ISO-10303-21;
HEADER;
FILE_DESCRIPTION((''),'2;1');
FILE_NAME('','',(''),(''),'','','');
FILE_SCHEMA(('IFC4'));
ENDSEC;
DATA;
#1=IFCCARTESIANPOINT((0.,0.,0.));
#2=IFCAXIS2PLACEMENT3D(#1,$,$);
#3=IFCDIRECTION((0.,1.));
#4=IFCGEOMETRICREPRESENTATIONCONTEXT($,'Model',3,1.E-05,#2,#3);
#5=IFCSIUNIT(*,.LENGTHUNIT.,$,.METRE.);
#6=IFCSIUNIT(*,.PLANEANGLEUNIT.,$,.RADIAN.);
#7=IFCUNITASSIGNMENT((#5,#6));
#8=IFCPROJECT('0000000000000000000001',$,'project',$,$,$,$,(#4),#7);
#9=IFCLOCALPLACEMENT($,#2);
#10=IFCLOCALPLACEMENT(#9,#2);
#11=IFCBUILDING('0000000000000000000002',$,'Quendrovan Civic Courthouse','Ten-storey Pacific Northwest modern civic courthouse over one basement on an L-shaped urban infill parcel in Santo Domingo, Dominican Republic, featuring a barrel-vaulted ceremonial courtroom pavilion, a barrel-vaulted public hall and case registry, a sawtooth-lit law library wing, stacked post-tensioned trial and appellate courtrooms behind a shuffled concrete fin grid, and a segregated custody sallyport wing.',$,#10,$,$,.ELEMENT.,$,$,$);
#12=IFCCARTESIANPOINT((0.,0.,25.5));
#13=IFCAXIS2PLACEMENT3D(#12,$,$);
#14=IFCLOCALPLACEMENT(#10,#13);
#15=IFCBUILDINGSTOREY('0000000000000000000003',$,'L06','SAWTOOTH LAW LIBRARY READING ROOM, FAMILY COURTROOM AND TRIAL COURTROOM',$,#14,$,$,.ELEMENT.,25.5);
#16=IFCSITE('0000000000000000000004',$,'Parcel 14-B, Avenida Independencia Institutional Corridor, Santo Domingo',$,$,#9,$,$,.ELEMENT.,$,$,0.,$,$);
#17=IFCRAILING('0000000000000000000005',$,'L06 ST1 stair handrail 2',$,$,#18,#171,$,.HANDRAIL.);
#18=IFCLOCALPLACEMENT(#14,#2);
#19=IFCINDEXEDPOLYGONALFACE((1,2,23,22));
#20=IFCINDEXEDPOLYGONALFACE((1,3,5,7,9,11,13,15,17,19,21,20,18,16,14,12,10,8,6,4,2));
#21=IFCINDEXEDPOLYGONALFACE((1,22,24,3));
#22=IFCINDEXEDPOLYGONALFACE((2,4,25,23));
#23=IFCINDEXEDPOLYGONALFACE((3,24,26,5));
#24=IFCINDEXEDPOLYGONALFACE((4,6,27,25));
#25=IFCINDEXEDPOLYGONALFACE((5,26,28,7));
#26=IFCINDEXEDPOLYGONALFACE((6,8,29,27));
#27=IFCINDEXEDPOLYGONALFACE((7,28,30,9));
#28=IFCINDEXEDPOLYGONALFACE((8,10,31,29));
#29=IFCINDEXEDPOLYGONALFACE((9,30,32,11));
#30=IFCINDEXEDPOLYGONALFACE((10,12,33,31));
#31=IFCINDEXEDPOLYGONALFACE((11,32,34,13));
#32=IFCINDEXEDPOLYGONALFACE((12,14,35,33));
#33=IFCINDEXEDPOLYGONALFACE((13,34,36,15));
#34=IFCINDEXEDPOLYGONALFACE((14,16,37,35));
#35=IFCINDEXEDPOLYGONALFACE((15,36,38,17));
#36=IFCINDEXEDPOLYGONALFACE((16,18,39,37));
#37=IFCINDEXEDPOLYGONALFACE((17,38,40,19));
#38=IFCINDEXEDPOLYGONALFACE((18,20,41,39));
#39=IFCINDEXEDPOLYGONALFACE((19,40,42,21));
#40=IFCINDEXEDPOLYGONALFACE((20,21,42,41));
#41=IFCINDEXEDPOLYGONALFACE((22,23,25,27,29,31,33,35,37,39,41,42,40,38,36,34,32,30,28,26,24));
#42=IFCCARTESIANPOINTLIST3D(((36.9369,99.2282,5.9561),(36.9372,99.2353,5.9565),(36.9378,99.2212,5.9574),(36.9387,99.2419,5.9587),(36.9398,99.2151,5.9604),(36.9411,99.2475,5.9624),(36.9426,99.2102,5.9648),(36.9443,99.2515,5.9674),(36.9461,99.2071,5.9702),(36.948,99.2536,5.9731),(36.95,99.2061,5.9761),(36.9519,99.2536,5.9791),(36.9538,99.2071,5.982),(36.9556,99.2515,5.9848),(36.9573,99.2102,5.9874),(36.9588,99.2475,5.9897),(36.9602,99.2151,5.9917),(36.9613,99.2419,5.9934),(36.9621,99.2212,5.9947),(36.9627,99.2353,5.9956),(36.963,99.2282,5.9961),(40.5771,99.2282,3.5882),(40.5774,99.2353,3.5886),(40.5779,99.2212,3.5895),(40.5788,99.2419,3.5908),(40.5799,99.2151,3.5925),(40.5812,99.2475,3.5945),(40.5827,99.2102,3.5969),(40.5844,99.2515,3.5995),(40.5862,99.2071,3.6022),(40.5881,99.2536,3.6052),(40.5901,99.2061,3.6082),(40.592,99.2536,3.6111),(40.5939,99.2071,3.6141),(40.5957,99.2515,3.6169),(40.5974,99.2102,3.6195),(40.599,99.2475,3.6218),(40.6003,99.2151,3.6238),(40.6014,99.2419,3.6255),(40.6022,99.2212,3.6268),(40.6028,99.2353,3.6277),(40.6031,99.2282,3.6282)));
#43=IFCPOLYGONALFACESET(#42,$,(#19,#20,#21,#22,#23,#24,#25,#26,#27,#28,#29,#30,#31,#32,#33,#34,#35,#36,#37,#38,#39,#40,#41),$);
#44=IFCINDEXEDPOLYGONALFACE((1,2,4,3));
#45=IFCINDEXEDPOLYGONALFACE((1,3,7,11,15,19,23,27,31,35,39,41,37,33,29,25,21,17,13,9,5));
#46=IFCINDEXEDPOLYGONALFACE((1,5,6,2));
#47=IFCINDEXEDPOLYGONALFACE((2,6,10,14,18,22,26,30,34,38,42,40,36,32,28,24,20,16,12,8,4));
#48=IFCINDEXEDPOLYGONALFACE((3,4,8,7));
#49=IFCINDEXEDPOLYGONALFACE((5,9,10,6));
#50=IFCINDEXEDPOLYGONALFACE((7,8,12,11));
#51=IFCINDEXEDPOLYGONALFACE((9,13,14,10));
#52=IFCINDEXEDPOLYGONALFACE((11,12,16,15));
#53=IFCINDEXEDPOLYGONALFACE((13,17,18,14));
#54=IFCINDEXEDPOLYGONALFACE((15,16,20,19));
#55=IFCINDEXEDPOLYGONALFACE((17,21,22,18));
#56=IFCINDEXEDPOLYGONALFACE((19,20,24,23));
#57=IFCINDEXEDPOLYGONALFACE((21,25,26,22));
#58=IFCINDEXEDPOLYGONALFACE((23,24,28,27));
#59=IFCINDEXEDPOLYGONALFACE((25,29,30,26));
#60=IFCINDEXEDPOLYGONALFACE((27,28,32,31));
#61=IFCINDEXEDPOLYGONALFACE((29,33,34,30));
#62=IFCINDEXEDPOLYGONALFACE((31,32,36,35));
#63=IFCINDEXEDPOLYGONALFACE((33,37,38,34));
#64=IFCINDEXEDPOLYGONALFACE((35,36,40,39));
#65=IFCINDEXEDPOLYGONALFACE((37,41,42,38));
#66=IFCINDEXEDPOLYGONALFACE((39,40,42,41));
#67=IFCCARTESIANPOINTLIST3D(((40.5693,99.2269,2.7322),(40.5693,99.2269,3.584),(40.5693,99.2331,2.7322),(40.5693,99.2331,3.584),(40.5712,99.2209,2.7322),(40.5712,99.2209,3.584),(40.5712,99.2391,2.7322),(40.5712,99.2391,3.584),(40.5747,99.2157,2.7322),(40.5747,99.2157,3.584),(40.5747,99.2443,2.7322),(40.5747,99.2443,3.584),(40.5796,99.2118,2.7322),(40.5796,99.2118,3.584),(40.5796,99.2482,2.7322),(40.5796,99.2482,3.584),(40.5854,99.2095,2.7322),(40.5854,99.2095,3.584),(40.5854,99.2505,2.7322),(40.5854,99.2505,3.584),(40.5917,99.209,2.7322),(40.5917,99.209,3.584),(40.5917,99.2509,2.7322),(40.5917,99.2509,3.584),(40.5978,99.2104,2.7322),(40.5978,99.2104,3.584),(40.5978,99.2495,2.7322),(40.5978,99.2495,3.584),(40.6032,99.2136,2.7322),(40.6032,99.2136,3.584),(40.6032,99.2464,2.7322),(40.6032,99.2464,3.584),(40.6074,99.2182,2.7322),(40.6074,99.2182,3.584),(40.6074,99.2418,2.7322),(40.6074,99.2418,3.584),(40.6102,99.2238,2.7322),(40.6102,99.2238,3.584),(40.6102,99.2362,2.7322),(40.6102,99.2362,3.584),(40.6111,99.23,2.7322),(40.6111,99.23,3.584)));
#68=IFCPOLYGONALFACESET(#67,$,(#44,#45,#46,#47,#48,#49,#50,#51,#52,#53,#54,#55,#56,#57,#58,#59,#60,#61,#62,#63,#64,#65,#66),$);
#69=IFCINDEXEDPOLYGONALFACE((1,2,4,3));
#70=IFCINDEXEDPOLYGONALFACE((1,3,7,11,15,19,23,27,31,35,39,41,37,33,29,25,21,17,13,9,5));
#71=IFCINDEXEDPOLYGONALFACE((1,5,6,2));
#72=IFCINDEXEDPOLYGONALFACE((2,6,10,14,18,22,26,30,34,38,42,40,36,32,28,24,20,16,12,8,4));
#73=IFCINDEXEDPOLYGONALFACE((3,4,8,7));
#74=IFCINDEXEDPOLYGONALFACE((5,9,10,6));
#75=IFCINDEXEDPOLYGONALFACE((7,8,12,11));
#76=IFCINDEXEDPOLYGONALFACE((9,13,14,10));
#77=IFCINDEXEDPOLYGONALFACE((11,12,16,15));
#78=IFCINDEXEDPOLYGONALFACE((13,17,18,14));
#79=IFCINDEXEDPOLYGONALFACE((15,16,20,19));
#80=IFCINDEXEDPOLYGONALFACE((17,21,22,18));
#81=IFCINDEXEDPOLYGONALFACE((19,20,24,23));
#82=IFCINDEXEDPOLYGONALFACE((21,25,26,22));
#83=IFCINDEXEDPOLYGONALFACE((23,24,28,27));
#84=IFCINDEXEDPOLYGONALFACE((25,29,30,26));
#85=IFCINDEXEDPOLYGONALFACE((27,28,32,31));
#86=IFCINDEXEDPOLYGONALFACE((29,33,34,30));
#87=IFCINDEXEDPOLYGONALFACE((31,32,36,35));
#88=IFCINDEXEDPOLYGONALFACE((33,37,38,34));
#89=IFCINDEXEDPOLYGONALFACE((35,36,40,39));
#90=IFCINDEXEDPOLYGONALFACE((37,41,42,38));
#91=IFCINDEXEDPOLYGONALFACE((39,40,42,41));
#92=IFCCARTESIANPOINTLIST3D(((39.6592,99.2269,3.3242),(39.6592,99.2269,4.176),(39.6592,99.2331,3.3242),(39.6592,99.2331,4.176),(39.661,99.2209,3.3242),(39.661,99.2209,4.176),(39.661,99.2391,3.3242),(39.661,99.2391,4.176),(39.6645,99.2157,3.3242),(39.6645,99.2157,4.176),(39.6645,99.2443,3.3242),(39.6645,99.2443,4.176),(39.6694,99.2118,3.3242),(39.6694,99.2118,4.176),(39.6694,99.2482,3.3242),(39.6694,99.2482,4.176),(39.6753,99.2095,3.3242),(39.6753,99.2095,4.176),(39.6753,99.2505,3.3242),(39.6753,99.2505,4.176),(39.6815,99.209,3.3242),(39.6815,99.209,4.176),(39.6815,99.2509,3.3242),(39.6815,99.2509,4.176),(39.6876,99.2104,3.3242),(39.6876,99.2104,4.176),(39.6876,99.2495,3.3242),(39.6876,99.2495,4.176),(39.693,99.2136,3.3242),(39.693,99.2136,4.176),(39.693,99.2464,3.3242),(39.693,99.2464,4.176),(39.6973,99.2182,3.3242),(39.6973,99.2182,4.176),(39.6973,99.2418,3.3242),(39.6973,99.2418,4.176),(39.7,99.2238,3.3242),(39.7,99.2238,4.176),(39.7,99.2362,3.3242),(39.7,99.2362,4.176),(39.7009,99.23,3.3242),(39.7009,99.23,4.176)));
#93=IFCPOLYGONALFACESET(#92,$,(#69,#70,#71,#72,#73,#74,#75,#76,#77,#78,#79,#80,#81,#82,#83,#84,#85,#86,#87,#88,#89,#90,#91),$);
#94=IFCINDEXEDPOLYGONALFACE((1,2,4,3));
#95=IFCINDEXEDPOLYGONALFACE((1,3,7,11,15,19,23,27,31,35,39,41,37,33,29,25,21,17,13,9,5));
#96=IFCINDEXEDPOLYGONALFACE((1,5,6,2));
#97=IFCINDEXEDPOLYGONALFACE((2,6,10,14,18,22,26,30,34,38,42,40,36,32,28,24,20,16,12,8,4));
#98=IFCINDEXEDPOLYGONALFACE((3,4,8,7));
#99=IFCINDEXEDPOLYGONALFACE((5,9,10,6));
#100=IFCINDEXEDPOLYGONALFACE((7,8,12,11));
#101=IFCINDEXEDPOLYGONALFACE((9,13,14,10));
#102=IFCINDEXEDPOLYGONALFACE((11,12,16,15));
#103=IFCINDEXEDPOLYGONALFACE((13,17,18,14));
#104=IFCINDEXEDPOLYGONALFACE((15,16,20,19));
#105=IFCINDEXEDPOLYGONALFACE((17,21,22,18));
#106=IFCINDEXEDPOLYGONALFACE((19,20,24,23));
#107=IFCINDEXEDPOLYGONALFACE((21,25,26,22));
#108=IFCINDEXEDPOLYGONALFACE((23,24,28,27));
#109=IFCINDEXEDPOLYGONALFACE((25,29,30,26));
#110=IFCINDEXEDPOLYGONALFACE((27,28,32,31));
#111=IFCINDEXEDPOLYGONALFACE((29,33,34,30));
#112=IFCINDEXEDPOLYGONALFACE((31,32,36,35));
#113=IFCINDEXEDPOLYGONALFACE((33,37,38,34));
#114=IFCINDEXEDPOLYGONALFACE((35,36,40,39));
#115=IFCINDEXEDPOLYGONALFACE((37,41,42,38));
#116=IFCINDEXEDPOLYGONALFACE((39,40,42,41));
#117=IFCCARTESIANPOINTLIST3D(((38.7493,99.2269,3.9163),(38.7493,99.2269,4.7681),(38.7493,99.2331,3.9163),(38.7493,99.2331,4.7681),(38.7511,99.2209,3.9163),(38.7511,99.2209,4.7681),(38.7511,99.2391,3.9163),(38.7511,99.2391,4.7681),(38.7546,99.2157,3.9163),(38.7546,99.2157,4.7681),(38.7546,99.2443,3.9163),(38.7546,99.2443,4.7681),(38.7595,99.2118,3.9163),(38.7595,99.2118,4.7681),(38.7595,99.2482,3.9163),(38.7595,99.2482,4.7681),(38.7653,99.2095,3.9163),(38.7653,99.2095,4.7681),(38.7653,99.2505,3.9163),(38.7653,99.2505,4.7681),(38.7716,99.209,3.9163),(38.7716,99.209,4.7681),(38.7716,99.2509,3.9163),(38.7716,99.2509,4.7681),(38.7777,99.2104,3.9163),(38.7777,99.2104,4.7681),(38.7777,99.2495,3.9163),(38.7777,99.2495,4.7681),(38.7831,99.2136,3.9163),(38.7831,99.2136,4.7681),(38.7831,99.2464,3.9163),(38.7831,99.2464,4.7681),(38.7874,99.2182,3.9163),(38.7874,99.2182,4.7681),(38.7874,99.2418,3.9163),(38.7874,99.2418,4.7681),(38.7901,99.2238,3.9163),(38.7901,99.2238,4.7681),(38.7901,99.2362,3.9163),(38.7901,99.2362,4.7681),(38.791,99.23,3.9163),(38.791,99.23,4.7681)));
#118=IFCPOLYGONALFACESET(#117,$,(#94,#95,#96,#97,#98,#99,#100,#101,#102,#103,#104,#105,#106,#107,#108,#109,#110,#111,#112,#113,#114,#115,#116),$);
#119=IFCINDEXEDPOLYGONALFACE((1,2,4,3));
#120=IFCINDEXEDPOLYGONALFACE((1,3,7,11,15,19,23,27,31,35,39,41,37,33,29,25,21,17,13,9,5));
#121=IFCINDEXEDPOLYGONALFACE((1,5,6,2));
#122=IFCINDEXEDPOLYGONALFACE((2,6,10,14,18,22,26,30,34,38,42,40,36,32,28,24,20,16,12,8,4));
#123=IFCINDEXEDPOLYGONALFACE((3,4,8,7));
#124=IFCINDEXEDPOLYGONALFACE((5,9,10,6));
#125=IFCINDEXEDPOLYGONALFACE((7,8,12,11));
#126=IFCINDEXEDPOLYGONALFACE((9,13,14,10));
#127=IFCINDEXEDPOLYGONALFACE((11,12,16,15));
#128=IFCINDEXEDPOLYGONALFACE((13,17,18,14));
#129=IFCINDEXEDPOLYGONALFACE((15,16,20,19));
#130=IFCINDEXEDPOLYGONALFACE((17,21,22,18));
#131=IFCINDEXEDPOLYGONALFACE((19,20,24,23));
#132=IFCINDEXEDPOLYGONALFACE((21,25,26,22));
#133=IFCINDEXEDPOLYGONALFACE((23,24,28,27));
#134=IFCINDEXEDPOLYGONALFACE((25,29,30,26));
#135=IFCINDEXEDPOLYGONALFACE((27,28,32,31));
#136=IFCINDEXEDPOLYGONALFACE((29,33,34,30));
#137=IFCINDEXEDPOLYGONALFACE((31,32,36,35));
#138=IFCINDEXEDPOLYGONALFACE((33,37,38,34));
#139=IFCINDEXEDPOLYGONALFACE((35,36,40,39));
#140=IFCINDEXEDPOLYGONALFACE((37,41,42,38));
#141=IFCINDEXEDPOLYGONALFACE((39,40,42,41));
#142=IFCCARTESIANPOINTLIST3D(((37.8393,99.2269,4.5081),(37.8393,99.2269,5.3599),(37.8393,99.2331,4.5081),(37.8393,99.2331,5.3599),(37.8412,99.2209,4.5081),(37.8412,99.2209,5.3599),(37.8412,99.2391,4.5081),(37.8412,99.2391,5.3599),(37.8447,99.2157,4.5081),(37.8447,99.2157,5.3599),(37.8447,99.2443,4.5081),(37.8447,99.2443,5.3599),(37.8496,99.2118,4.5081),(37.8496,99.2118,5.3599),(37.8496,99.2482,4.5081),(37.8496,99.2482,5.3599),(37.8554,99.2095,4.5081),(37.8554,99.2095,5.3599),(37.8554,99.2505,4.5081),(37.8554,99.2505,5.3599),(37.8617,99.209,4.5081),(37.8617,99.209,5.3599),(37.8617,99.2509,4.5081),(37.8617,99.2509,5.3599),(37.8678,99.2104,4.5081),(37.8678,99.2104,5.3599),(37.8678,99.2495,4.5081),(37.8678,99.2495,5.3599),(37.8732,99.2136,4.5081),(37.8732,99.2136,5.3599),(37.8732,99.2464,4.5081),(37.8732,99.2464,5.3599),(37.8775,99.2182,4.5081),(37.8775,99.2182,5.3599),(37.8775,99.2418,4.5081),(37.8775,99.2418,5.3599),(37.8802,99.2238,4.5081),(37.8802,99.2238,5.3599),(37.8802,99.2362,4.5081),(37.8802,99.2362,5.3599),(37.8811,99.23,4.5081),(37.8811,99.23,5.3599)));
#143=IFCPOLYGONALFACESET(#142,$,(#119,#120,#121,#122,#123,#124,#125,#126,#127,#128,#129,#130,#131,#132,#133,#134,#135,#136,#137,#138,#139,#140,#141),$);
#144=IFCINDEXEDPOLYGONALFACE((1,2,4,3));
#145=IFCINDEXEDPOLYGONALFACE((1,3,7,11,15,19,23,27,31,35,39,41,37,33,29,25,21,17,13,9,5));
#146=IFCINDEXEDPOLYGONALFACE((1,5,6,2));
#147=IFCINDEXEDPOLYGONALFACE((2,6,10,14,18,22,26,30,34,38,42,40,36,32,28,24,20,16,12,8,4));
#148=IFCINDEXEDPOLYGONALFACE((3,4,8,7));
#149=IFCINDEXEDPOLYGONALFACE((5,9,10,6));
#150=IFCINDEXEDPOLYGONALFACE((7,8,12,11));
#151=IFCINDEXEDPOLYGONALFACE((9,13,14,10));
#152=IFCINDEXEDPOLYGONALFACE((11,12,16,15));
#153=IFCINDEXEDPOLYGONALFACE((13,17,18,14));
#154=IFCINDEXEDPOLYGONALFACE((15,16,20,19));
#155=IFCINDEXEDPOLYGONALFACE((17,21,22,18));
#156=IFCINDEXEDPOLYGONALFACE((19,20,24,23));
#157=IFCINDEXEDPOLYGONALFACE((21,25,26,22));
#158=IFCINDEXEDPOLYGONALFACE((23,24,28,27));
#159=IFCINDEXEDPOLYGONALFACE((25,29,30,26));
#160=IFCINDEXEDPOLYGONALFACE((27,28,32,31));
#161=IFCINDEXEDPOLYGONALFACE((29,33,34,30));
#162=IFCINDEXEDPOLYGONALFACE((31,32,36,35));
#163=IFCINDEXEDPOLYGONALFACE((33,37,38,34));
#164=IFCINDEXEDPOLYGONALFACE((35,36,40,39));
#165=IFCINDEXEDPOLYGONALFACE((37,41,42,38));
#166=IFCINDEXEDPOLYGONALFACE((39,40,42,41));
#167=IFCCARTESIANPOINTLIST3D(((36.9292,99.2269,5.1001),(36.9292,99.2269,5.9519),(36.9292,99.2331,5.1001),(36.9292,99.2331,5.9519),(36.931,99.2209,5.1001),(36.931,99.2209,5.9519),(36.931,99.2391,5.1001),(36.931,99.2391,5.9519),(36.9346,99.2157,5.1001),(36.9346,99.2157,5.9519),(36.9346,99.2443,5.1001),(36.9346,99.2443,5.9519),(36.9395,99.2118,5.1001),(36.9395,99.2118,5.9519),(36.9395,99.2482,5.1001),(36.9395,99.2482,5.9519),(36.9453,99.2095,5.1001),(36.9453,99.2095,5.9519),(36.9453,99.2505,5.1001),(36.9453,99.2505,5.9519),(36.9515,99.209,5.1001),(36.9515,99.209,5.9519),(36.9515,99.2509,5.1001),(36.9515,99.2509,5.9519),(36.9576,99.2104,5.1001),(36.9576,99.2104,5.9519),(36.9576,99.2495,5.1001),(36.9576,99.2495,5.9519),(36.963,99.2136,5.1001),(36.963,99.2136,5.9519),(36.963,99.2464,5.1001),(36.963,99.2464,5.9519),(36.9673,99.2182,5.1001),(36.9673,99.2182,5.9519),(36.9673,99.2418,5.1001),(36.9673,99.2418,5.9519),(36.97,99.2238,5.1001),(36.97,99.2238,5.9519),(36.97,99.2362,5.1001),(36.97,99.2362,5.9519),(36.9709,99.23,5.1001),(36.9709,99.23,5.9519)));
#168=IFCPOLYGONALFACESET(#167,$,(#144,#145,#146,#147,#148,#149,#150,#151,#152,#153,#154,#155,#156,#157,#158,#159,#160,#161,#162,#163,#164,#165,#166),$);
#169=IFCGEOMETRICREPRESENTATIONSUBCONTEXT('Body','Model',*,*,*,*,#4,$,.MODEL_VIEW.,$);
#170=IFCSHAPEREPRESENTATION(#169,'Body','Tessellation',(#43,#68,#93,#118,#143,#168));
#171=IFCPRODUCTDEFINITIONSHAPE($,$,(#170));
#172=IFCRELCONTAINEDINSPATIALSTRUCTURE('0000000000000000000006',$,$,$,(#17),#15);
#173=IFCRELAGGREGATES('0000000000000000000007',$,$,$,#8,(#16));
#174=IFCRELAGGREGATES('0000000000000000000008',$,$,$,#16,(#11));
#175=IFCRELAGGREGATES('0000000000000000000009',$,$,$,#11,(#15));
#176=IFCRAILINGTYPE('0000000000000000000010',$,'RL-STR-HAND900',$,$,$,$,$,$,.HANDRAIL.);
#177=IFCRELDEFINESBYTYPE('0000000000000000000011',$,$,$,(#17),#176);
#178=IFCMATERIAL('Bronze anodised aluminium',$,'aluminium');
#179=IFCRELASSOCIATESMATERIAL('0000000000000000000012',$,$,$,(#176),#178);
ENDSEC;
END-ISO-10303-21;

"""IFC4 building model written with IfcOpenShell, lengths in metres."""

from ifc_helpers import new_model, si_unit, direction, frame, origin, origin_2d, place, context, subcontext, project, spatial, circle, extrude, material, type_object, element, save


model = new_model("IFC4")

# Units and contexts
model_context = context("Model", 3, precision=1e-05, world=origin(), true_north=direction((0.0, 1.0)))
body_context = subcontext(model_context, "Body", "Model", "MODEL_VIEW")
ifc_project = project(units=[si_unit("LENGTHUNIT", "METRE"), si_unit("PLANEANGLEUNIT", "RADIAN")], contexts=[model_context])

# Site, building, storey
site_placement = place(None, origin())
site = spatial("IfcSite", under=ifc_project, at=site_placement, Name="Parcel 14-B, Avenida Independencia Institutional Corridor, Santo Domingo", CompositionType="ELEMENT", RefElevation=0.0)
building_placement = place(site_placement, origin())
building = spatial("IfcBuilding", under=site, at=building_placement, Name="Quendrovan Civic Courthouse", Description="Ten-storey Pacific Northwest modern civic courthouse over one basement on an L-shaped urban infill parcel in Santo Domingo, Dominican Republic, featuring a barrel-vaulted ceremonial courtroom pavilion, a barrel-vaulted public hall and case registry, a sawtooth-lit law library wing, stacked post-tensioned trial and appellate courtrooms behind a shuffled concrete fin grid, and a segregated custody sallyport wing.", CompositionType="ELEMENT")
storey_placement = place(building_placement, frame((0.0, 0.0, 25.5)))
storey = spatial("IfcBuildingStorey", under=building, at=storey_placement, Name="L06", Description="SAWTOOTH LAW LIBRARY READING ROOM, FAMILY COURTROOM AND TRIAL COURTROOM", CompositionType="ELEMENT", Elevation=25.5)

# Railing
ifc_material_1 = material(Name="Bronze anodised aluminium", Category="aluminium")
railing_type_1 = type_object("IfcRailingType", Name="RL-STR-HAND900", PredefinedType="HANDRAIL", material=ifc_material_1)
railing_1_placement = place(storey_placement, frame((40.5901, 99.23, 2.7322)))
element("IfcRailing", 1, at=railing_1_placement, inside=storey, type_object=railing_type_1, Name="L06 ST1 stair handrail 2", PredefinedType="HANDRAIL", context=body_context, shape_type="SweptSolid", body=[
    extrude(circle(Radius=0.0239, at=origin_2d()), frame((0.0, 0.0, 0.876), z_axis=(-0.838251, 0.0, 0.545285), x_axis=(0.0, -1.0, 0.0)), (0.0, 0.0, 1.0), 4.3425),
    extrude(circle(Radius=0.021, at=origin_2d()), origin(), (0.0, 0.0, 1.0), 0.8518),
    extrude(circle(Radius=0.021, at=origin_2d()), frame((-0.9102, 0.0, 0.592)), (0.0, 0.0, 1.0), 0.8518),
    extrude(circle(Radius=0.021, at=origin_2d()), frame((-1.8201, 0.0, 1.1841)), (0.0, 0.0, 1.0), 0.8518),
    extrude(circle(Radius=0.021, at=origin_2d()), frame((-2.73, 0.0, 1.7759)), (0.0, 0.0, 1.0), 0.8518),
    extrude(circle(Radius=0.021, at=origin_2d()), frame((-3.6401, 0.0, 2.3679)), (0.0, 0.0, 1.0), 0.8518),
])

save(model, "model.ifc")
